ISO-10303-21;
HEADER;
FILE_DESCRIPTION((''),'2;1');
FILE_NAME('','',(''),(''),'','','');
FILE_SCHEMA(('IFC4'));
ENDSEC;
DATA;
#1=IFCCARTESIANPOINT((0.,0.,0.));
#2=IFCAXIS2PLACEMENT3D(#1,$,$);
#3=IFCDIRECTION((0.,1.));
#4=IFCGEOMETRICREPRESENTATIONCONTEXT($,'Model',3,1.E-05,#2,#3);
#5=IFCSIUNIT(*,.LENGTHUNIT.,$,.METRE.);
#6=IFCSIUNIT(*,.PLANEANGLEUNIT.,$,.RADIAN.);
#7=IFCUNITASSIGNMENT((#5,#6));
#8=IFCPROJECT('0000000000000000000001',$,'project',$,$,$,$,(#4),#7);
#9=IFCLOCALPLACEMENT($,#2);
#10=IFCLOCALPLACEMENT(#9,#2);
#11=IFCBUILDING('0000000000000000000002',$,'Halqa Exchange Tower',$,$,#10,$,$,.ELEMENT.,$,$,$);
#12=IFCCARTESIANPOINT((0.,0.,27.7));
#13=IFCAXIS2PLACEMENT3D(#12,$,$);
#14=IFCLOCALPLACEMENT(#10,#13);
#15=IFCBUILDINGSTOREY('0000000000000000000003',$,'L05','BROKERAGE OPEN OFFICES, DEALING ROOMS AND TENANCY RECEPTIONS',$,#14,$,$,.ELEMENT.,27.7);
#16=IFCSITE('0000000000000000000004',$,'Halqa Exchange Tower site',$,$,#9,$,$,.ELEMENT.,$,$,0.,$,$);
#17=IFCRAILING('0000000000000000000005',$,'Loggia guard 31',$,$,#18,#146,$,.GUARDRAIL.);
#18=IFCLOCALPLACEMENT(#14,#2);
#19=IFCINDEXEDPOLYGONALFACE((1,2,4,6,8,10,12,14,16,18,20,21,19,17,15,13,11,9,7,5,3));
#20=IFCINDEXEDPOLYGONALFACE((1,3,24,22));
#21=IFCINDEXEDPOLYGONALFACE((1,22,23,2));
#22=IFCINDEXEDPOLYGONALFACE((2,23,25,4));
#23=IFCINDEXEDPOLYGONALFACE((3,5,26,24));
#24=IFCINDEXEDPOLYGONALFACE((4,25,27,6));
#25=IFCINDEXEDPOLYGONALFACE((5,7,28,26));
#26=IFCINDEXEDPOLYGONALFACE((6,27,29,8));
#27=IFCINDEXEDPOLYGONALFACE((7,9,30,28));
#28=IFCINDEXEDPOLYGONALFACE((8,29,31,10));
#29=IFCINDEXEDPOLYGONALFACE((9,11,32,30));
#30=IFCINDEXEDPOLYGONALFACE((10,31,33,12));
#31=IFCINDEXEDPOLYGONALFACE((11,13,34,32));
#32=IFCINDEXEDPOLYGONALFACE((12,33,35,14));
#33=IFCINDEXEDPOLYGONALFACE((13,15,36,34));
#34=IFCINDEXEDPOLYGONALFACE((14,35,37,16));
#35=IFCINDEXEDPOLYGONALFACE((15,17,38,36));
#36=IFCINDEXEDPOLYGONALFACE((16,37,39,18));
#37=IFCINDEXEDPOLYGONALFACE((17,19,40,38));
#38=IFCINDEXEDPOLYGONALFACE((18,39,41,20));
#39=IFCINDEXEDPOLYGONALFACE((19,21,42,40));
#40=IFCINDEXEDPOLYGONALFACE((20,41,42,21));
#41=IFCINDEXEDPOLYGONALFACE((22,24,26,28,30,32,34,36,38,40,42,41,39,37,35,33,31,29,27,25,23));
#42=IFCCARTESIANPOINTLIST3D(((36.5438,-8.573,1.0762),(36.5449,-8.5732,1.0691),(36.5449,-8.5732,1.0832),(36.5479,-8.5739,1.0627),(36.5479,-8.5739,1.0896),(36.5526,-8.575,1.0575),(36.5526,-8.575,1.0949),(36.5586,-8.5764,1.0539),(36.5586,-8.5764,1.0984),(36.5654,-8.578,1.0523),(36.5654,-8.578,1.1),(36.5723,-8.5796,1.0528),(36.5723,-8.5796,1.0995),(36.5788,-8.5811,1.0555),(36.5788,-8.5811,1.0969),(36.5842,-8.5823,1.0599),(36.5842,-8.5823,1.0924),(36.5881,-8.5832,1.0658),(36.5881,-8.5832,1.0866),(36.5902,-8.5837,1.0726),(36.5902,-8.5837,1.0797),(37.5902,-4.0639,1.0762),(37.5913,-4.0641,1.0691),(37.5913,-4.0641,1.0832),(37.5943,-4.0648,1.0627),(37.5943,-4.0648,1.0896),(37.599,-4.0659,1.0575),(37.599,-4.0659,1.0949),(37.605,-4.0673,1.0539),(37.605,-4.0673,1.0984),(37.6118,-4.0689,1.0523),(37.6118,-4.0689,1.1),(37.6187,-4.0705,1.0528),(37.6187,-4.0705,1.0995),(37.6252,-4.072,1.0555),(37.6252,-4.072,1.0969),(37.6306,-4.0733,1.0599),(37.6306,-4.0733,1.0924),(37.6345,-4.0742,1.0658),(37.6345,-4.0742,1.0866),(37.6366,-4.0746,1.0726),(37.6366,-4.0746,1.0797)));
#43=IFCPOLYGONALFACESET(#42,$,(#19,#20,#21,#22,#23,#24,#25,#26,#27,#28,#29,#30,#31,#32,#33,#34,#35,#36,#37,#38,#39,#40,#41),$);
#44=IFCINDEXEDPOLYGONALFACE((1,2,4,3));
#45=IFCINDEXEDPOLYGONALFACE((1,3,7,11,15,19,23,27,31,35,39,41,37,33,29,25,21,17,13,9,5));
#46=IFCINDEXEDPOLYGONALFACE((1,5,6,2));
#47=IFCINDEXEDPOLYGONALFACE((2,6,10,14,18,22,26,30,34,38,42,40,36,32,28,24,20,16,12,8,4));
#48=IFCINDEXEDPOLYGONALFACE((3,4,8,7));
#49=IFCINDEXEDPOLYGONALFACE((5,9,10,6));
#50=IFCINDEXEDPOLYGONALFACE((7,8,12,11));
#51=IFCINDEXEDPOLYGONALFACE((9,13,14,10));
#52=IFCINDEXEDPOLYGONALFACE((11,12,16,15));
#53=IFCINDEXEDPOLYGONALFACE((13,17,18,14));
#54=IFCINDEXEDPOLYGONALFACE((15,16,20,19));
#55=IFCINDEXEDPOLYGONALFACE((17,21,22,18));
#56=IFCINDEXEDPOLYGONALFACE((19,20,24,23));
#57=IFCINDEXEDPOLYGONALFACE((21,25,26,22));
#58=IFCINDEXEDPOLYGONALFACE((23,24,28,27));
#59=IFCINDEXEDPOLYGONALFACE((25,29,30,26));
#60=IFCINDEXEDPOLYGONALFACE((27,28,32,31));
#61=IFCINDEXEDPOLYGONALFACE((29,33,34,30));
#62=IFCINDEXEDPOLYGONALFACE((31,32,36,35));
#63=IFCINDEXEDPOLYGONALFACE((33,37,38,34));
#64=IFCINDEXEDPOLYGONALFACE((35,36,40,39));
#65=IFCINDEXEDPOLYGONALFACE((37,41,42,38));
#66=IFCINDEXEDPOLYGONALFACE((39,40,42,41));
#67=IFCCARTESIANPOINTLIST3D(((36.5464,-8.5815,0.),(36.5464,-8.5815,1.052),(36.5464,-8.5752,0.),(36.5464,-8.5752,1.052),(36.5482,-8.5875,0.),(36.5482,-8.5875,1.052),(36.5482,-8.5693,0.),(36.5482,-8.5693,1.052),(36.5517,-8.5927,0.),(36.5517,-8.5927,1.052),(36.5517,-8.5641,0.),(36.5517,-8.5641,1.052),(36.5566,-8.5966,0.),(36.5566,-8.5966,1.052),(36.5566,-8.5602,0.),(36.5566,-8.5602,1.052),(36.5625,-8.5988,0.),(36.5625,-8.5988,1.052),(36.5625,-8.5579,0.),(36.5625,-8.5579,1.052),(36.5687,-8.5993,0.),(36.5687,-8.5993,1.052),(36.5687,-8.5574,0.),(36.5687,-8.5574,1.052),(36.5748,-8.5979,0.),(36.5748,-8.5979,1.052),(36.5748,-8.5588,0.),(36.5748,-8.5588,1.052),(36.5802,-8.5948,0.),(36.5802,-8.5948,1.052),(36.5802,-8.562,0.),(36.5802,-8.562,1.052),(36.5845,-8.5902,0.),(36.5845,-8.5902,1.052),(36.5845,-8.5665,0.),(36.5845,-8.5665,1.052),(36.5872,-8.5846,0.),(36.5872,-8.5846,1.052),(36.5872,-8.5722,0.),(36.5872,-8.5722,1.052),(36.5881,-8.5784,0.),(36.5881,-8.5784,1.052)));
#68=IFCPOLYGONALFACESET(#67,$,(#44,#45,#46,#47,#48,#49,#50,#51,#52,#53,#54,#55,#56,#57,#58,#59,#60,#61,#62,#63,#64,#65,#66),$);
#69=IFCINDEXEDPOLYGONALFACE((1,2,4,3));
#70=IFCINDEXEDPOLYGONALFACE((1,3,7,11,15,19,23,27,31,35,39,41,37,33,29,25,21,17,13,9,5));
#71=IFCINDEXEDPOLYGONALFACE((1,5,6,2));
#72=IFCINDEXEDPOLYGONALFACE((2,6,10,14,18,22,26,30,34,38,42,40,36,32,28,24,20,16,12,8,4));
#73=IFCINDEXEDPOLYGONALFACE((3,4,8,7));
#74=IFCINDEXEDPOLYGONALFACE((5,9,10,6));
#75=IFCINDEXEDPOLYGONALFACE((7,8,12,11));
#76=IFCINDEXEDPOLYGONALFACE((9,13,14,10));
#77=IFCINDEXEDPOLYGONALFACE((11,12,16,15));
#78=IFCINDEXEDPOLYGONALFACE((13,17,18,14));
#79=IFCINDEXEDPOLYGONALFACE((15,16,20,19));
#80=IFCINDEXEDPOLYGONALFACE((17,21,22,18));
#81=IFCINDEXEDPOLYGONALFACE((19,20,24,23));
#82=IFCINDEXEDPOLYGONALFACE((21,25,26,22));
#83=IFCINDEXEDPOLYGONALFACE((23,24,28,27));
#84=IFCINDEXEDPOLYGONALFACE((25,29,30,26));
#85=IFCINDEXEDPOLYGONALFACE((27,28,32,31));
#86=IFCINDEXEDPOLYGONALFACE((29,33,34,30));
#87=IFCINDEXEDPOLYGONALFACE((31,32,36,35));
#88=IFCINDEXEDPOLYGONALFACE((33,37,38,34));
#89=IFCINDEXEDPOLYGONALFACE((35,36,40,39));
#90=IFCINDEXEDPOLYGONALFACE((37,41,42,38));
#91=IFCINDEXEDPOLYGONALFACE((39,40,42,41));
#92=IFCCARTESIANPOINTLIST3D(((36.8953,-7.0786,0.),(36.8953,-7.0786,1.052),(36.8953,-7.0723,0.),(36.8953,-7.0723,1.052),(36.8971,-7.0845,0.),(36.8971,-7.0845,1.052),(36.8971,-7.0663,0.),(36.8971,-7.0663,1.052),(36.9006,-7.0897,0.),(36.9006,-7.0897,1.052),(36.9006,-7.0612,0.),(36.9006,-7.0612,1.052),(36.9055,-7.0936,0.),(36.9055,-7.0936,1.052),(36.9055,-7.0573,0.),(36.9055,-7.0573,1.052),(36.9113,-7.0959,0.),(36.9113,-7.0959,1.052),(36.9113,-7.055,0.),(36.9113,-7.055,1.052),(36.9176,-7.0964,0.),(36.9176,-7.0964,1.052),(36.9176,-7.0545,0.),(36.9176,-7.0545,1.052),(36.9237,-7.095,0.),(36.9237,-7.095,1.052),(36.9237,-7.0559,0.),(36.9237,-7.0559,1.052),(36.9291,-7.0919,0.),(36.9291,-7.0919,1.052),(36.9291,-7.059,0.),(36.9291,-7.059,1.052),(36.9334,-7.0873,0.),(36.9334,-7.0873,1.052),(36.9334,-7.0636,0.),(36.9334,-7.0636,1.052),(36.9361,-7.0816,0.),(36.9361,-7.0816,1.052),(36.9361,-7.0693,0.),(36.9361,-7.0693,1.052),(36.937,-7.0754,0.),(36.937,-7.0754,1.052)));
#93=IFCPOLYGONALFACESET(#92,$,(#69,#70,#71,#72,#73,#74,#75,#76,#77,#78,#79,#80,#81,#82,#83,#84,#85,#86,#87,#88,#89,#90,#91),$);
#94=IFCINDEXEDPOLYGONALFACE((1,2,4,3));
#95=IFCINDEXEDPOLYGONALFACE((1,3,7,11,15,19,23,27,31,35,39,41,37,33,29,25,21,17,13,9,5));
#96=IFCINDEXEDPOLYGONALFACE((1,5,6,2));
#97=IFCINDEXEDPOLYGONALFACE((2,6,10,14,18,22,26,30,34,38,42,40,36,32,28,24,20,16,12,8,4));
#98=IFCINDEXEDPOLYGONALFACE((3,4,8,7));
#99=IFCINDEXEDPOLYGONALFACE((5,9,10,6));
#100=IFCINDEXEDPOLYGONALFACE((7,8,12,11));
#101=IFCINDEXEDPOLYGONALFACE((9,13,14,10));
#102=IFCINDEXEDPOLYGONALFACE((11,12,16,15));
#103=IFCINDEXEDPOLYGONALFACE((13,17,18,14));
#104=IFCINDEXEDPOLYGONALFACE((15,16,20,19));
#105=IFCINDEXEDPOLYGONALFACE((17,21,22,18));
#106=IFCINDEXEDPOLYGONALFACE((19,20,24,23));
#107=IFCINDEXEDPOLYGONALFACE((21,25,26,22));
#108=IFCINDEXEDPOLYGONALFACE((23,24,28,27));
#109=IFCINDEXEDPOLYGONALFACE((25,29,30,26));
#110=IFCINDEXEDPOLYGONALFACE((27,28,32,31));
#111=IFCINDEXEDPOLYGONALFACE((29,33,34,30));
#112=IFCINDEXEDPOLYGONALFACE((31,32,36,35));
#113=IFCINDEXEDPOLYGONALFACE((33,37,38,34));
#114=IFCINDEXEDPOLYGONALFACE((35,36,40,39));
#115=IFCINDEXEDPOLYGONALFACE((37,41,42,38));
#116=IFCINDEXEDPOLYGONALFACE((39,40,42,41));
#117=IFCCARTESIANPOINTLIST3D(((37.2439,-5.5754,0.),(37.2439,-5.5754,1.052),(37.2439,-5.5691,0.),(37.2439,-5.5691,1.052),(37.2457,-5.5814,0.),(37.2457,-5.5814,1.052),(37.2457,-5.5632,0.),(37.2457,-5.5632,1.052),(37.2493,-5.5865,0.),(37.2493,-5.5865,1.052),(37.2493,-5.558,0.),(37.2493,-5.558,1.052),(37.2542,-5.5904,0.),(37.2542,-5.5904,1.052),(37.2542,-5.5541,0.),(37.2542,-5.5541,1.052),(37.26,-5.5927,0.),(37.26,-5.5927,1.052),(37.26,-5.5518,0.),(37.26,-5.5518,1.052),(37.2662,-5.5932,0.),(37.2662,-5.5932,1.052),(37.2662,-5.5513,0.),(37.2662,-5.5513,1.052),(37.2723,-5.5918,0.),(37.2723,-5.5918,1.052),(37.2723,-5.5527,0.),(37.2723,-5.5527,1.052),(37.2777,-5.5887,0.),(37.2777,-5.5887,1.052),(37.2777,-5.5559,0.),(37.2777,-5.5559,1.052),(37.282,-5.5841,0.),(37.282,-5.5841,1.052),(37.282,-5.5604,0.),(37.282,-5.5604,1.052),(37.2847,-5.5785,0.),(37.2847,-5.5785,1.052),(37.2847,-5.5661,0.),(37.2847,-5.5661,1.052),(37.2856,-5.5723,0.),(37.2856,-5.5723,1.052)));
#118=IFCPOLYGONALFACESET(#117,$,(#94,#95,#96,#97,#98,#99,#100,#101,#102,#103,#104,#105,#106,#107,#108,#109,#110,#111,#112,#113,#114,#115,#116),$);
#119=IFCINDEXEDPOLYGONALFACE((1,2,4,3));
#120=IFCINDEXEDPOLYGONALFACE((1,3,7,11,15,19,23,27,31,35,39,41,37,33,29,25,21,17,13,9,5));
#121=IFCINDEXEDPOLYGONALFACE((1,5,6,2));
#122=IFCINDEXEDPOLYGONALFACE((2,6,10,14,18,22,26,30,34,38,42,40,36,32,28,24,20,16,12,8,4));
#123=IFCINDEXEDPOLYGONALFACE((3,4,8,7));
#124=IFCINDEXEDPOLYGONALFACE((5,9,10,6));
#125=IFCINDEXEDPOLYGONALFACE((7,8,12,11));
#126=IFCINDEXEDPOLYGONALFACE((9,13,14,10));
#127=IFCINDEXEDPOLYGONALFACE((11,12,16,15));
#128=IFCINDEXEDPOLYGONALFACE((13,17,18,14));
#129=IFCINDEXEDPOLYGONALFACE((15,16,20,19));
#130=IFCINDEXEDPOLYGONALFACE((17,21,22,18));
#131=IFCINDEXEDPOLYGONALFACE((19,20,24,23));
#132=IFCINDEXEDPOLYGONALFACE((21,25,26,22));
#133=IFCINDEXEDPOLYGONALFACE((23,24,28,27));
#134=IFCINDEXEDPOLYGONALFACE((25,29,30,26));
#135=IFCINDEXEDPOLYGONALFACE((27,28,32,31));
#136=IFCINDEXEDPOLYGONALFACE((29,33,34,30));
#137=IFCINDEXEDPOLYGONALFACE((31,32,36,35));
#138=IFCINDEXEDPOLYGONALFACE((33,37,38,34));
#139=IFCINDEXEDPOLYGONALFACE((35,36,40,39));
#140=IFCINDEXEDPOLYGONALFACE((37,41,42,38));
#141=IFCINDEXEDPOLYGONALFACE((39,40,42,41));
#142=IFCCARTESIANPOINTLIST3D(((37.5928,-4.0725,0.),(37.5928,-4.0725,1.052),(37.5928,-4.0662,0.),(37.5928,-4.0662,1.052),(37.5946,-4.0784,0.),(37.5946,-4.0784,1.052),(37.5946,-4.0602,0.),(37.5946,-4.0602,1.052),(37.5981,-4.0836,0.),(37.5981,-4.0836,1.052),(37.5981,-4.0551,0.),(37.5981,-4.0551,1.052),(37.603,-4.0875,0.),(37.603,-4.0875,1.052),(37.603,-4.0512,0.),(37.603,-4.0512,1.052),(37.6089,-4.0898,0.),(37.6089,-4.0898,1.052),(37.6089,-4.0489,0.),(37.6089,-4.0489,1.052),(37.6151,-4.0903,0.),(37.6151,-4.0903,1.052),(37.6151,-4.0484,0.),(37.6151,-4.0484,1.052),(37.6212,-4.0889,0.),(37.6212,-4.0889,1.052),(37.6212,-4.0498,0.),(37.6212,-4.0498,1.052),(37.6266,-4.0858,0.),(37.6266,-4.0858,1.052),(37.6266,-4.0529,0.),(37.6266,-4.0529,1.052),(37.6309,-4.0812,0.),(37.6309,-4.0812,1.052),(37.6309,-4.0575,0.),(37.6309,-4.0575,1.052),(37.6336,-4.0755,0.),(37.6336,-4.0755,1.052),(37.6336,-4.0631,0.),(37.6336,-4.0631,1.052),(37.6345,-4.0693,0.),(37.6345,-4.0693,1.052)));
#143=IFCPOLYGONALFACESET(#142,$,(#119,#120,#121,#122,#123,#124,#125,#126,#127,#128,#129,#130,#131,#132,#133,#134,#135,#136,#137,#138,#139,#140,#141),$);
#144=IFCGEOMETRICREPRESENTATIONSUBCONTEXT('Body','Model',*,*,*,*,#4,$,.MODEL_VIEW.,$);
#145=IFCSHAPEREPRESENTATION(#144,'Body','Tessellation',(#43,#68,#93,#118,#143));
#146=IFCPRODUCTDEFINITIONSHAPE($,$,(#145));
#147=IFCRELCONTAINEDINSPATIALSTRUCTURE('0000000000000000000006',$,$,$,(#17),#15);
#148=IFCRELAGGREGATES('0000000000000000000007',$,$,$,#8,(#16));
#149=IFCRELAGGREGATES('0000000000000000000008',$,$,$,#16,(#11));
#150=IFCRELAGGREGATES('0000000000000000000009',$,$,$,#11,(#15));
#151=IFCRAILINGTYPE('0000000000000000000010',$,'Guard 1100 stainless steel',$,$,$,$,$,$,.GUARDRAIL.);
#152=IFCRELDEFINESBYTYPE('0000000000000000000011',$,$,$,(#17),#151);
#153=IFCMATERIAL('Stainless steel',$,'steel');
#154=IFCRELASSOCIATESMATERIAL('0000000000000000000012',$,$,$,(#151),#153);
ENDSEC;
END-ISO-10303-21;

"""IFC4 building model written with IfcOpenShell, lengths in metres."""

from ifc_helpers import new_model, si_unit, direction, frame, origin, origin_2d, place, context, subcontext, project, spatial, circle, extrude, material, type_object, element, save


model = new_model("IFC4")

# Units and contexts
model_context = context("Model", 3, precision=1e-05, world=origin(), true_north=direction((0.0, 1.0)))
body_context = subcontext(model_context, "Body", "Model", "MODEL_VIEW")
ifc_project = project(units=[si_unit("LENGTHUNIT", "METRE"), si_unit("PLANEANGLEUNIT", "RADIAN")], contexts=[model_context])

# Site, building, storey
site_placement = place(None, origin())
site = spatial("IfcSite", under=ifc_project, at=site_placement, Name="Halqa Exchange Tower site", CompositionType="ELEMENT", RefElevation=0.0)
building_placement = place(site_placement, origin())
building = spatial("IfcBuilding", under=site, at=building_placement, Name="Halqa Exchange Tower", CompositionType="ELEMENT")
storey_placement = place(building_placement, frame((0.0, 0.0, 27.7)))
storey = spatial("IfcBuildingStorey", under=building, at=storey_placement, Name="L05", Description="BROKERAGE OPEN OFFICES, DEALING ROOMS AND TENANCY RECEPTIONS", CompositionType="ELEMENT", Elevation=27.7)

# Railing
ifc_material_1 = material(Name="Stainless steel", Category="steel")
railing_type = type_object("IfcRailingType", Name="Guard 1100 stainless steel", PredefinedType="GUARDRAIL", material=ifc_material_1)
railing_1_placement = place(storey_placement, frame((36.5671, -8.5784, 0.0)))
element("IfcRailing", 1, at=railing_1_placement, inside=storey, type_object=railing_type, Name="Loggia guard 31", PredefinedType="GUARDRAIL", context=body_context, shape_type="SweptSolid", body=[
    extrude(circle(Radius=0.0239, at=origin_2d()), frame((0.0, 0.0, 1.0762), z_axis=(0.226057, 0.974114, 0.0), x_axis=(-0.974114, 0.226057, 0.0)), (0.0, 0.0, 1.0), 4.6289),
    extrude(circle(Radius=0.021, at=origin_2d()), origin(), (0.0, 0.0, 1.0), 1.052),
    extrude(circle(Radius=0.021, at=origin_2d()), frame((0.3489, 1.5029, 0.0)), (0.0, 0.0, 1.0), 1.052),
    extrude(circle(Radius=0.021, at=origin_2d()), frame((0.6975, 3.0061, 0.0)), (0.0, 0.0, 1.0), 1.052),
    extrude(circle(Radius=0.021, at=origin_2d()), frame((1.0464, 4.509, 0.0)), (0.0, 0.0, 1.0), 1.052),
])

save(model, "model.ifc")
